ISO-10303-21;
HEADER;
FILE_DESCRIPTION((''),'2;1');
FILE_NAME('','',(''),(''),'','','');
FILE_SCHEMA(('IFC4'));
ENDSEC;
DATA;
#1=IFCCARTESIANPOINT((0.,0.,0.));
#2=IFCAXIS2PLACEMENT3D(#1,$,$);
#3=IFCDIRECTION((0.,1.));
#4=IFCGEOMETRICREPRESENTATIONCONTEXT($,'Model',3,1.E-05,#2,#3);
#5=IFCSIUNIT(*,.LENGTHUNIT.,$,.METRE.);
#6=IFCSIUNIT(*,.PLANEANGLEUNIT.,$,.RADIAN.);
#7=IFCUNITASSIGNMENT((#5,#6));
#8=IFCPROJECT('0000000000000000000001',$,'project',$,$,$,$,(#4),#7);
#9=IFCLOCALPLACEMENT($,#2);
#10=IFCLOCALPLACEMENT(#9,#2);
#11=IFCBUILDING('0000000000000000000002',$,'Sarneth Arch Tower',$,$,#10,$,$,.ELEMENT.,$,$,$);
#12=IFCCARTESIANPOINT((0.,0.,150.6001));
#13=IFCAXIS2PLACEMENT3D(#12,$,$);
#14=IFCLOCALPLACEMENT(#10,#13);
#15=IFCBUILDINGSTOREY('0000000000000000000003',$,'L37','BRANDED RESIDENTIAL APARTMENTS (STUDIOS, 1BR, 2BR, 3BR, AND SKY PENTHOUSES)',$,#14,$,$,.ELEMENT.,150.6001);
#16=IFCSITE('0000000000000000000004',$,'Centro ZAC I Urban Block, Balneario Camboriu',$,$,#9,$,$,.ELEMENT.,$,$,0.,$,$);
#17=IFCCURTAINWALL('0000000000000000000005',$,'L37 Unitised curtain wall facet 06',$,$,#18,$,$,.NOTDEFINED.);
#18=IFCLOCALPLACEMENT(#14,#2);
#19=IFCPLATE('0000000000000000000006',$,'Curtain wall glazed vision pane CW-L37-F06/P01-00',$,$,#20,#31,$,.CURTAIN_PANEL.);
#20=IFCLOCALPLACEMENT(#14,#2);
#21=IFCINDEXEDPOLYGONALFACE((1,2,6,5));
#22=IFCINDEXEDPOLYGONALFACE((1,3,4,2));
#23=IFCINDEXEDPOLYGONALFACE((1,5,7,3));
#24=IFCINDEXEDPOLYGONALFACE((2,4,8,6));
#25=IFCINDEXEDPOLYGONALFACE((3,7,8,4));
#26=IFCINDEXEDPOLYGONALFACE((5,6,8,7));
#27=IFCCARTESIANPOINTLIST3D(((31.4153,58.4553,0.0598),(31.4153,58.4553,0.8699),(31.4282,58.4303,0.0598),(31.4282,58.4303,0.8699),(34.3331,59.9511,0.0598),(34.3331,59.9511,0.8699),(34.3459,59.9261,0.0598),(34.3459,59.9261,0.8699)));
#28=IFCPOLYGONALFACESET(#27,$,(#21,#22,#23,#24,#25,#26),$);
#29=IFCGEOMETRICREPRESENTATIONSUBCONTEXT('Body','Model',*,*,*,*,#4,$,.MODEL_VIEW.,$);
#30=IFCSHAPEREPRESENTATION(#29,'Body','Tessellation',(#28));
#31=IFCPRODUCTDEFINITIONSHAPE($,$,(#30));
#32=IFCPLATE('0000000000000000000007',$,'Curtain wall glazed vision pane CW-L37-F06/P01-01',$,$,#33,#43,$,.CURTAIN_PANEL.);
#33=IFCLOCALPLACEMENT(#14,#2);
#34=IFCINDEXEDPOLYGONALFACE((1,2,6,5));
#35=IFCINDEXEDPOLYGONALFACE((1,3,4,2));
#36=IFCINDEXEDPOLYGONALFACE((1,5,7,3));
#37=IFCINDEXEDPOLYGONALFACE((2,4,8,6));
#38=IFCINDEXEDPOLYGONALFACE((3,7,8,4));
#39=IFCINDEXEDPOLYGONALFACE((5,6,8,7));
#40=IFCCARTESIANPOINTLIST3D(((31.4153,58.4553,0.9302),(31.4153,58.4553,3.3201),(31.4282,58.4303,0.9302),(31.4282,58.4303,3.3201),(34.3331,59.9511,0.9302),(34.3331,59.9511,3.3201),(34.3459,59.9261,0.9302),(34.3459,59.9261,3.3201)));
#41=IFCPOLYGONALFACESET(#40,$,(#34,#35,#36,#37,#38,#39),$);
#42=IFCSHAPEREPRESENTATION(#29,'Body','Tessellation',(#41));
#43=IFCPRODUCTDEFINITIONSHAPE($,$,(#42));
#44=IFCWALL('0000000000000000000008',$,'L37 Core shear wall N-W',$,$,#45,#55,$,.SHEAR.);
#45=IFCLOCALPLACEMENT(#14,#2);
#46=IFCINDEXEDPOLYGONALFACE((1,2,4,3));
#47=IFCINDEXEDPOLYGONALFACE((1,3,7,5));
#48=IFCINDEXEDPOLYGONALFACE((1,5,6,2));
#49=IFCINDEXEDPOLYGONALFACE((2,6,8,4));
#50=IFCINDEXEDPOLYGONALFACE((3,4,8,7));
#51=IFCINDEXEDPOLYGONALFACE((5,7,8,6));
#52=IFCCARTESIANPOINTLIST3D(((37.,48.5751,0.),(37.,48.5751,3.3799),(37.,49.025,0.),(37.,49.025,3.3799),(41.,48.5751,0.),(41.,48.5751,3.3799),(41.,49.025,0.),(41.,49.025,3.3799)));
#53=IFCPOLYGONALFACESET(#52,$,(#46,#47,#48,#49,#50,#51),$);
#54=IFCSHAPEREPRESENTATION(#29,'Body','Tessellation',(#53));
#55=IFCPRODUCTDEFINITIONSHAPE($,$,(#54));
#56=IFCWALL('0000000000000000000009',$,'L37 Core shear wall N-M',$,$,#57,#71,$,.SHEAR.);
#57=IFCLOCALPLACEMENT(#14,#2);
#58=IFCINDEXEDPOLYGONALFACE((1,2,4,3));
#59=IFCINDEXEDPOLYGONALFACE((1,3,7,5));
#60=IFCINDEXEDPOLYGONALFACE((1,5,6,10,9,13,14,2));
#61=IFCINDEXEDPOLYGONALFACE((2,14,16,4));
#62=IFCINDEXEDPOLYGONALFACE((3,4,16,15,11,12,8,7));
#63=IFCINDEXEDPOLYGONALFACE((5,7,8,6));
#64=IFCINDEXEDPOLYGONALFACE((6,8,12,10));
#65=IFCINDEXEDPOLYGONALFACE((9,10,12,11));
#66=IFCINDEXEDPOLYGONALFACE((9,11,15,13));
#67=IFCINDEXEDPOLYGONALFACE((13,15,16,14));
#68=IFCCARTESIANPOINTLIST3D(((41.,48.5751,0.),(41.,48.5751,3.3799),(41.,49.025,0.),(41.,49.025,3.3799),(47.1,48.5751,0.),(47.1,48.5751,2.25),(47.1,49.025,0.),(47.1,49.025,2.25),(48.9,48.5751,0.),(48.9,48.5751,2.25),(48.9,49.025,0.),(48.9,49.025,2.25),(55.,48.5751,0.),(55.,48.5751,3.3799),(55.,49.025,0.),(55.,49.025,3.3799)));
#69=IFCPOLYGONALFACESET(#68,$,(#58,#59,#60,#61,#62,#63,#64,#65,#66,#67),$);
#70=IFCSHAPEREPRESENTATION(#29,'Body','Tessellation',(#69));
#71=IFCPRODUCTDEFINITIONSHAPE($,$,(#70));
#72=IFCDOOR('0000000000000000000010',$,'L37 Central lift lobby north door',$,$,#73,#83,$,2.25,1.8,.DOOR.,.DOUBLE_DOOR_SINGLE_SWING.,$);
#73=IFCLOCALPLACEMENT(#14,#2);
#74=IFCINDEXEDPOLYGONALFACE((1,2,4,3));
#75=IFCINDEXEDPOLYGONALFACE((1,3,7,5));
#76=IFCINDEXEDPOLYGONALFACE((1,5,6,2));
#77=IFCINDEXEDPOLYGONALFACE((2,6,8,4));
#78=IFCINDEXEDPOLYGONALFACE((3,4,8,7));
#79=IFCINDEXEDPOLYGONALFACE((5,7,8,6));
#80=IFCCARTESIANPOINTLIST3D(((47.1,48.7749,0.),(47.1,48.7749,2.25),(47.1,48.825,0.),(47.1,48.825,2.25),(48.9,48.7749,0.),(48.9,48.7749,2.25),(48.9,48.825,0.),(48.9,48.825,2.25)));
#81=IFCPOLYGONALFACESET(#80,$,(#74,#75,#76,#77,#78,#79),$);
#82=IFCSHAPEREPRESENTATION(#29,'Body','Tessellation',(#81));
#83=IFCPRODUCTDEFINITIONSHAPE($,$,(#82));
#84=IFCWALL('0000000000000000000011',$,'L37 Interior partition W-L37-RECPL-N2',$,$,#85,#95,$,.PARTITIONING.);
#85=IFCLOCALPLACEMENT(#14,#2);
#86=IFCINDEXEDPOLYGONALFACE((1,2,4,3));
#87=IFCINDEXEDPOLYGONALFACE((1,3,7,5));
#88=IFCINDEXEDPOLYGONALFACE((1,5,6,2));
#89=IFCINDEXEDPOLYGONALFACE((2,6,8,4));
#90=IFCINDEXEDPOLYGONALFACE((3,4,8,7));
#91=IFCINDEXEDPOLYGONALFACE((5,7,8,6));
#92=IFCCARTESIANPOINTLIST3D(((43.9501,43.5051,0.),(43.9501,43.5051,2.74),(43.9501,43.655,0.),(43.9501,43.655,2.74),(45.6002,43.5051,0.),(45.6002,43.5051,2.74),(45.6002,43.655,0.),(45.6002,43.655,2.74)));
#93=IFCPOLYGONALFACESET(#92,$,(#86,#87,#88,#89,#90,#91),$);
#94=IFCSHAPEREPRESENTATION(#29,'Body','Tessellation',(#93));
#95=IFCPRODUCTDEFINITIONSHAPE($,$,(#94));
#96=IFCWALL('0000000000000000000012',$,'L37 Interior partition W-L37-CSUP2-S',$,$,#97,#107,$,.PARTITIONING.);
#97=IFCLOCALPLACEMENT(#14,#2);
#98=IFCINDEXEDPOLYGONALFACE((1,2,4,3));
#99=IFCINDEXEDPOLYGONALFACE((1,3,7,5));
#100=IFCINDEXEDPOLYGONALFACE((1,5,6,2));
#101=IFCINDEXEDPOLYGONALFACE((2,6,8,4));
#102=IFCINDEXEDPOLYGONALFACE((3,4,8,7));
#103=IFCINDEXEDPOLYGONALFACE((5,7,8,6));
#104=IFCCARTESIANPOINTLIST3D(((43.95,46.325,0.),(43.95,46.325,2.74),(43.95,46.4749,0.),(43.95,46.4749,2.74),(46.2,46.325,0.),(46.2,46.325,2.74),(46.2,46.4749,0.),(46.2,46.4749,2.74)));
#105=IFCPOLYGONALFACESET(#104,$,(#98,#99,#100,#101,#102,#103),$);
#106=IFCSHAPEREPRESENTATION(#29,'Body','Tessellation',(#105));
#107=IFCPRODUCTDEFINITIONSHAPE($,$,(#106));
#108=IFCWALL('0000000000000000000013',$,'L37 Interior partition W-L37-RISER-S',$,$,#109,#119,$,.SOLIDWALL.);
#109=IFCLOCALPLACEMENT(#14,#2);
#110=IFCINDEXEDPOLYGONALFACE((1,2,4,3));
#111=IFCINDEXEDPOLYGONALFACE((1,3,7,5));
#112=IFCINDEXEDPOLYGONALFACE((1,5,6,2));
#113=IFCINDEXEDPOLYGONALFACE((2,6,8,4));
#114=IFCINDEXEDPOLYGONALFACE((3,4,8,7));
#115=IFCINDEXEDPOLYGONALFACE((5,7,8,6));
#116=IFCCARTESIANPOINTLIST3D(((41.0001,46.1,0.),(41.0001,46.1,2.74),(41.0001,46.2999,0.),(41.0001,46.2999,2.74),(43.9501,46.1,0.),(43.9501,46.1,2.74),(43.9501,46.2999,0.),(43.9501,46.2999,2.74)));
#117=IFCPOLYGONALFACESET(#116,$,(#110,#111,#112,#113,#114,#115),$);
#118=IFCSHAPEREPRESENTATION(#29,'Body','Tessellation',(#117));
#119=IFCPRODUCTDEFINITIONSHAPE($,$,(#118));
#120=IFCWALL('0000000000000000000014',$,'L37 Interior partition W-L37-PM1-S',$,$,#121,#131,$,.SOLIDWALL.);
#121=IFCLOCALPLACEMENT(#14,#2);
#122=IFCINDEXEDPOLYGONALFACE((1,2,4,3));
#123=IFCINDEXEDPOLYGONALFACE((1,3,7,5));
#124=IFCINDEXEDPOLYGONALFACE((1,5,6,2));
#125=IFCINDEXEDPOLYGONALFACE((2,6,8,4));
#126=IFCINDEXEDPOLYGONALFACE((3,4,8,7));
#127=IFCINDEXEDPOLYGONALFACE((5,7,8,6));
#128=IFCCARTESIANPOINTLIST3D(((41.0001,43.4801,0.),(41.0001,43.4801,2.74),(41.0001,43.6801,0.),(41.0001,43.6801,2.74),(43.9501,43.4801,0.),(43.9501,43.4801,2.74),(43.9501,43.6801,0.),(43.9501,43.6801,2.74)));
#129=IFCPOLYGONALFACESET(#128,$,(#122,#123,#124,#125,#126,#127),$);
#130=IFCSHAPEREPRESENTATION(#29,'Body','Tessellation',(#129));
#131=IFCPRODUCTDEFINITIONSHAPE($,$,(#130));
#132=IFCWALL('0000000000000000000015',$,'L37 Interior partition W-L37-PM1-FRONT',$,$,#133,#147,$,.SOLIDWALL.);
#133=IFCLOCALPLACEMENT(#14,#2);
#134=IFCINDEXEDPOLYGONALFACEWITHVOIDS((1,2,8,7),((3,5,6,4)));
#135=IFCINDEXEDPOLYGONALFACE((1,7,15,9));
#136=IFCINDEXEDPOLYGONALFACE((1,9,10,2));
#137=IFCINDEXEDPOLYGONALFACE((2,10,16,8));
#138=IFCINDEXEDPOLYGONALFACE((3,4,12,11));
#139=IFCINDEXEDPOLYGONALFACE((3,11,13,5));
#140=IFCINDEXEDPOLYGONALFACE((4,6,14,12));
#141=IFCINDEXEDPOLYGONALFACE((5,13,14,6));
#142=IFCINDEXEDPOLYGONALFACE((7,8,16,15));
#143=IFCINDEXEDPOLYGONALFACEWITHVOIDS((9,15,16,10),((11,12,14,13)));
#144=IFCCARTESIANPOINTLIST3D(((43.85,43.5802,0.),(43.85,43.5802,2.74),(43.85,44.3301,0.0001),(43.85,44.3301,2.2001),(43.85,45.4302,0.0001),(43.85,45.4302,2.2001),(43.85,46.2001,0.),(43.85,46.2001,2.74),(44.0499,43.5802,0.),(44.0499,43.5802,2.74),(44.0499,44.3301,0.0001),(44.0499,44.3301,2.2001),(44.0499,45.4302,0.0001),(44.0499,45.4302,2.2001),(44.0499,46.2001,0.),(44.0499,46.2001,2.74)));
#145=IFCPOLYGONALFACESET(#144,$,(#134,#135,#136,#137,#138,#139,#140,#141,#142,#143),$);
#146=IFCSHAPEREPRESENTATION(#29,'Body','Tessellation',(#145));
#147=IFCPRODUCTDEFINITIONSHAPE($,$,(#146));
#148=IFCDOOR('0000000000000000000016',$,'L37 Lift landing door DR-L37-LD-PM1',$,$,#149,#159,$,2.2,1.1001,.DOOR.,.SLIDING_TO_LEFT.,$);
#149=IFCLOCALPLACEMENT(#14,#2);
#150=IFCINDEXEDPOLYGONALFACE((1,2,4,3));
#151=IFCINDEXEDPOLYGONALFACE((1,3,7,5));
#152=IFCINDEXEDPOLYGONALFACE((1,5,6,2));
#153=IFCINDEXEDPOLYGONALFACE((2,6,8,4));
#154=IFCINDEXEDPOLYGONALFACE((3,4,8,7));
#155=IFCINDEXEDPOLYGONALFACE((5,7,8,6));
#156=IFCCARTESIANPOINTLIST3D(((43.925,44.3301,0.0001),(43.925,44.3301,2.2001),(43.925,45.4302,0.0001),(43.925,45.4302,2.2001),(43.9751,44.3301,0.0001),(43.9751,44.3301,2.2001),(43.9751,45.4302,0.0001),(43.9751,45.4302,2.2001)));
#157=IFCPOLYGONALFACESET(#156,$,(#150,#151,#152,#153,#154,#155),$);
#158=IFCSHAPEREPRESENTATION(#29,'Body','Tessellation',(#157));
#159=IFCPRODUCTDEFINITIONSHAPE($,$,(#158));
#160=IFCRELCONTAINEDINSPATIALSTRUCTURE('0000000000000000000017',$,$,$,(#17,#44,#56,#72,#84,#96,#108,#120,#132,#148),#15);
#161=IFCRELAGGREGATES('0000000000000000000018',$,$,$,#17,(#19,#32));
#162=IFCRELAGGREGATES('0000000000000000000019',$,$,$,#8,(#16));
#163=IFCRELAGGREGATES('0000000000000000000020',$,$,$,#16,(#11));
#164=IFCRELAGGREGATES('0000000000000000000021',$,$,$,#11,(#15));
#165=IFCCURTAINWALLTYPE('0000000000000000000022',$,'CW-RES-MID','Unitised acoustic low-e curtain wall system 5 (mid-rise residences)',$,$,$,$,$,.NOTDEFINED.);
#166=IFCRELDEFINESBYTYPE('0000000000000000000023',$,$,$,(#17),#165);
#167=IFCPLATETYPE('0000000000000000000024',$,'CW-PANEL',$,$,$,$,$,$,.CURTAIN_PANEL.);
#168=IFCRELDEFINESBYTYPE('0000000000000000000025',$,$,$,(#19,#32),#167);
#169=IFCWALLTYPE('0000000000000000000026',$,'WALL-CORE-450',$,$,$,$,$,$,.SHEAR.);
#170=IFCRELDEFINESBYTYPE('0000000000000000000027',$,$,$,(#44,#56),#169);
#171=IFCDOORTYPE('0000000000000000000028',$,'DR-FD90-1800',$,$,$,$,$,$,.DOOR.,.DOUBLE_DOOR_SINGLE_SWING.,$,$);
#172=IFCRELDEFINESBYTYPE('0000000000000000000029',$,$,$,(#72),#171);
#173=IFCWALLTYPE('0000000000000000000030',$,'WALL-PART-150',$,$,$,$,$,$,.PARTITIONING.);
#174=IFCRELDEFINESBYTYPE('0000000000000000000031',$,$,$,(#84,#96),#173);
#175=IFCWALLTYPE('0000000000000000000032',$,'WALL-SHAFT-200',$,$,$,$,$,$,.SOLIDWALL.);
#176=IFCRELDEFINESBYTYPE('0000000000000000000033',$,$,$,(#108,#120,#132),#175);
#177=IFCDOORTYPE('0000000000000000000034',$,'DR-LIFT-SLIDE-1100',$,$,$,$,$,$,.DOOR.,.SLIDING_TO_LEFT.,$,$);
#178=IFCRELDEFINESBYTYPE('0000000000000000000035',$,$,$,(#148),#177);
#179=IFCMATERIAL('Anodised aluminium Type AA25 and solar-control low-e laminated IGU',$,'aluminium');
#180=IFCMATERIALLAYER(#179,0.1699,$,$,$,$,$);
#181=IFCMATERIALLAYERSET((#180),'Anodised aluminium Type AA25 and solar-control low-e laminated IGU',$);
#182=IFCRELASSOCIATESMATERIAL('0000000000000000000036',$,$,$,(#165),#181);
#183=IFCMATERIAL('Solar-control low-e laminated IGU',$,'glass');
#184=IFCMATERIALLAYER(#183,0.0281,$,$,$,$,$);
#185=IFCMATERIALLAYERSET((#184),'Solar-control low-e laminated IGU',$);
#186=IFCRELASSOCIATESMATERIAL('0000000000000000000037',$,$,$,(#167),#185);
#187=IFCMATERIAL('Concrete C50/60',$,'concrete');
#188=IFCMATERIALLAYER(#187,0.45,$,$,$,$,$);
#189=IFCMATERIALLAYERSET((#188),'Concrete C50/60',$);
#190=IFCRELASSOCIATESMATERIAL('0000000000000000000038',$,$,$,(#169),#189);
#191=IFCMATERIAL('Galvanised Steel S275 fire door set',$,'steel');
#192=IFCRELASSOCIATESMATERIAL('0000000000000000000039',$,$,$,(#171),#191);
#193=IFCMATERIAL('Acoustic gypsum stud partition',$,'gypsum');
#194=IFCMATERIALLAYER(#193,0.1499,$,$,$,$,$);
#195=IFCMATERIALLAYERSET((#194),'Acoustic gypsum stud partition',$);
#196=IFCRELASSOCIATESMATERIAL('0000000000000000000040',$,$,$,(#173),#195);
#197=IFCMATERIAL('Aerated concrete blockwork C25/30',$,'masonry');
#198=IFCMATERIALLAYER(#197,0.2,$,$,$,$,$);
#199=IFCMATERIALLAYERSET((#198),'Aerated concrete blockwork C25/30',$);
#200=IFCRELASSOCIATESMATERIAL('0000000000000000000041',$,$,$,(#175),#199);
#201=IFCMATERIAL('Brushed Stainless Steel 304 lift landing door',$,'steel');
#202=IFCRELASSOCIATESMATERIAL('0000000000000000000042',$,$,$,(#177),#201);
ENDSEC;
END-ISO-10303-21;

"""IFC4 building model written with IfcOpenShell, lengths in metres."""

from ifc_helpers import new_model, si_unit, direction, frame, frame_2d, origin, origin_2d, place, context, subcontext, project, spatial, rectangle, extrude, material, layer, layer_set, type_object, element, fill, aggregate, save


model = new_model("IFC4")

# Units and contexts
model_context = context("Model", 3, precision=1e-05, world=origin(), true_north=direction((0.0, 1.0)))
body_context = subcontext(model_context, "Body", "Model", "MODEL_VIEW")
ifc_project = project(units=[si_unit("LENGTHUNIT", "METRE"), si_unit("PLANEANGLEUNIT", "RADIAN")], contexts=[model_context])

# Site, building, storey
site_placement = place(None, origin())
site = spatial("IfcSite", under=ifc_project, at=site_placement, Name="Centro ZAC I Urban Block, Balneario Camboriu", CompositionType="ELEMENT", RefElevation=0.0)
building_placement = place(site_placement, origin())
building = spatial("IfcBuilding", under=site, at=building_placement, Name="Sarneth Arch Tower", CompositionType="ELEMENT")
storey_placement = place(building_placement, frame((0.0, 0.0, 150.6001)))
storey = spatial("IfcBuildingStorey", under=building, at=storey_placement, Name="L37", Description="BRANDED RESIDENTIAL APARTMENTS (STUDIOS, 1BR, 2BR, 3BR, AND SKY PENTHOUSES)", CompositionType="ELEMENT", Elevation=150.6001)

# Curtain wall, plates
ifc_material_1 = material(Name="Anodised aluminium Type AA25 and solar-control low-e laminated IGU", Category="aluminium")
ifc_layer_1 = layer(ifc_material_1, 0.1699)
ifc_layer_set_1 = layer_set([ifc_layer_1], Name="Anodised aluminium Type AA25 and solar-control low-e laminated IGU")
curtain_wall_type = type_object("IfcCurtainWallType", Name="CW-RES-MID", Description="Unitised acoustic low-e curtain wall system 5 (mid-rise residences)", PredefinedType="NOTDEFINED", material=ifc_layer_set_1)
curtain_wall_placement = place(storey_placement, origin())
curtain_wall = element("IfcCurtainWall", 1, at=curtain_wall_placement, inside=storey, type_object=curtain_wall_type, Name="L37 Unitised curtain wall facet 06", PredefinedType="NOTDEFINED")
ifc_material_2 = material(Name="Solar-control low-e laminated IGU", Category="glass")
ifc_layer_2 = layer(ifc_material_2, 0.0281)
ifc_layer_set_2 = layer_set([ifc_layer_2], Name="Solar-control low-e laminated IGU")
plate_type = type_object("IfcPlateType", Name="CW-PANEL", PredefinedType="CURTAIN_PANEL", material=ifc_layer_set_2)
plate_1_placement = place(storey_placement, frame((32.8806, 59.1907, 0.0598), z_axis=(0.0, 0.0, 1.0), x_axis=(-0.889873, -0.456208, 0.0)))
plate_1 = element("IfcPlate", 2, at=plate_1_placement, type_object=plate_type, Name="Curtain wall glazed vision pane CW-L37-F06/P01-00", PredefinedType="CURTAIN_PANEL", context=body_context, shape_type="SweptSolid", body=[
    extrude(rectangle(XDim=3.2788, YDim=0.0281, at=origin_2d()), origin(), (0.0, 0.0, 1.0), 0.8101),
])
plate_2_placement = place(storey_placement, frame((32.8806, 59.1907, 0.9302), z_axis=(0.0, 0.0, 1.0), x_axis=(-0.889873, -0.456208, 0.0)))
plate_2 = element("IfcPlate", 3, at=plate_2_placement, type_object=plate_type, Name="Curtain wall glazed vision pane CW-L37-F06/P01-01", PredefinedType="CURTAIN_PANEL", context=body_context, shape_type="SweptSolid", body=[
    extrude(rectangle(XDim=3.2788, YDim=0.0281, at=origin_2d()), origin(), (0.0, 0.0, 1.0), 2.3899),
])
aggregate(curtain_wall, [plate_1, plate_2])

# Wall
ifc_material_3 = material(Name="Concrete C50/60", Category="concrete")
ifc_layer_3 = layer(ifc_material_3, 0.45)
ifc_layer_set_3 = layer_set([ifc_layer_3], Name="Concrete C50/60")
wall_type_1 = type_object("IfcWallType", Name="WALL-CORE-450", PredefinedType="SHEAR", material=ifc_layer_set_3)
wall_1_placement = place(storey_placement, frame((37.0, 48.8, 0.0), z_axis=(0.0, 0.0, 1.0), x_axis=(1.0, 0.0, 0.0)))
element("IfcWall", 4, at=wall_1_placement, inside=storey, type_object=wall_type_1, Name="L37 Core shear wall N-W", PredefinedType="SHEAR", context=body_context, shape_type="SweptSolid", body=[
    extrude(rectangle(XDim=4.0, YDim=0.45, at=frame_2d((2.0, 0.0))), origin(), (0.0, 0.0, 1.0), 3.3799),
])

# Wall, opening, door
wall_2_placement = place(storey_placement, frame((41.0, 48.8, 0.0), z_axis=(0.0, 0.0, 1.0), x_axis=(1.0, 0.0, 0.0)))
wall_2 = element("IfcWall", 5, at=wall_2_placement, inside=storey, type_object=wall_type_1, Name="L37 Core shear wall N-M", PredefinedType="SHEAR", context=body_context, shape_type="SweptSolid", body=[
    extrude(rectangle(XDim=14.0, YDim=0.45, at=frame_2d((7.0, 0.0))), origin(), (0.0, 0.0, 1.0), 3.3799),
])
opening_1_placement = place(wall_2_placement, frame((6.1001, 0.0, 0.0)))
opening_1 = element("IfcOpeningElement", 6, at=opening_1_placement, cuts=wall_2, PredefinedType="OPENING", context=body_context, shape_type="SweptSolid", body=[
    extrude(rectangle(XDim=1.8, YDim=2.25, at=frame_2d((0.8999, 1.125))), frame((0.0, 0.2349, 0.0), z_axis=(0.0, -1.0, 0.0), x_axis=(1.0, 0.0, 0.0)), (0.0, 0.0, 1.0), 0.47),
])
ifc_material_4 = material(Name="Galvanised Steel S275 fire door set", Category="steel")
door_type_1 = type_object("IfcDoorType", Name="DR-FD90-1800", OperationType="DOUBLE_DOOR_SINGLE_SWING", PredefinedType="DOOR", material=ifc_material_4)
door_1_placement = place(opening_1_placement, origin())
door_1 = element("IfcDoor", 7, at=door_1_placement, inside=storey, type_object=door_type_1, Name="L37 Central lift lobby north door", OperationType="DOUBLE_DOOR_SINGLE_SWING", OverallHeight=2.25, OverallWidth=1.8, PredefinedType="DOOR", context=body_context, shape_type="SweptSolid", body=[
    extrude(rectangle(XDim=1.8, YDim=2.25, at=frame_2d((0.8999, 1.125))), frame((0.0, 0.0249, 0.0), z_axis=(0.0, -1.0, 0.0), x_axis=(1.0, 0.0, 0.0)), (0.0, 0.0, 1.0), 0.05),
])
fill(opening_1, door_1)

# Walls
ifc_material_5 = material(Name="Acoustic gypsum stud partition", Category="gypsum")
ifc_layer_4 = layer(ifc_material_5, 0.1499)
ifc_layer_set_4 = layer_set([ifc_layer_4], Name="Acoustic gypsum stud partition")
wall_type_2 = type_object("IfcWallType", Name="WALL-PART-150", PredefinedType="PARTITIONING", material=ifc_layer_set_4)
wall_3_placement = place(storey_placement, frame((43.95, 43.5801, 0.0), z_axis=(0.0, 0.0, 1.0), x_axis=(1.0, 0.0, 0.0)))
element("IfcWall", 8, at=wall_3_placement, inside=storey, type_object=wall_type_2, Name="L37 Interior partition W-L37-RECPL-N2", PredefinedType="PARTITIONING", context=body_context, shape_type="SweptSolid", body=[
    extrude(rectangle(XDim=1.6501, YDim=0.1499, at=frame_2d((0.8252, 0.0))), origin(), (0.0, 0.0, 1.0), 2.74),
])
wall_4_placement = place(storey_placement, frame((43.95, 46.3999, 0.0), z_axis=(0.0, 0.0, 1.0), x_axis=(1.0, 0.0, 0.0)))
element("IfcWall", 9, at=wall_4_placement, inside=storey, type_object=wall_type_2, Name="L37 Interior partition W-L37-CSUP2-S", PredefinedType="PARTITIONING", context=body_context, shape_type="SweptSolid", body=[
    extrude(rectangle(XDim=2.25, YDim=0.1499, at=frame_2d((1.125, 0.0))), origin(), (0.0, 0.0, 1.0), 2.74),
])

# Wall
ifc_material_6 = material(Name="Aerated concrete blockwork C25/30", Category="masonry")
ifc_layer_5 = layer(ifc_material_6, 0.2)
ifc_layer_set_5 = layer_set([ifc_layer_5], Name="Aerated concrete blockwork C25/30")
wall_type_3 = type_object("IfcWallType", Name="WALL-SHAFT-200", PredefinedType="SOLIDWALL", material=ifc_layer_set_5)
wall_5_placement = place(storey_placement, frame((41.0, 46.2, 0.0), z_axis=(0.0, 0.0, 1.0), x_axis=(1.0, 0.0, 0.0)))
element("IfcWall", 10, at=wall_5_placement, inside=storey, type_object=wall_type_3, Name="L37 Interior partition W-L37-RISER-S", PredefinedType="SOLIDWALL", context=body_context, shape_type="SweptSolid", body=[
    extrude(rectangle(XDim=2.95, YDim=0.2, at=frame_2d((1.4751, 0.0))), origin(), (0.0, 0.0, 1.0), 2.74),
])

# Wall
wall_6_placement = place(storey_placement, frame((41.0, 43.5801, 0.0), z_axis=(0.0, 0.0, 1.0), x_axis=(1.0, 0.0, 0.0)))
element("IfcWall", 11, at=wall_6_placement, inside=storey, type_object=wall_type_3, Name="L37 Interior partition W-L37-PM1-S", PredefinedType="SOLIDWALL", context=body_context, shape_type="SweptSolid", body=[
    extrude(rectangle(XDim=2.95, YDim=0.2, at=frame_2d((1.4751, 0.0))), origin(), (0.0, 0.0, 1.0), 2.74),
])

# Wall, opening, door
wall_7_placement = place(storey_placement, frame((43.95, 43.5801, 0.0), z_axis=(0.0, 0.0, 1.0), x_axis=(0.0, 1.0, 0.0)))
wall_7 = element("IfcWall", 12, at=wall_7_placement, inside=storey, type_object=wall_type_3, Name="L37 Interior partition W-L37-PM1-FRONT", PredefinedType="SOLIDWALL", context=body_context, shape_type="SweptSolid", body=[
    extrude(rectangle(XDim=2.6199, YDim=0.2, at=frame_2d((1.3101, 0.0))), origin(), (0.0, 0.0, 1.0), 2.74),
])
opening_2_placement = place(wall_7_placement, frame((0.75, 0.0, 0.0)))
opening_2 = element("IfcOpeningElement", 13, at=opening_2_placement, cuts=wall_7, PredefinedType="OPENING", context=body_context, shape_type="SweptSolid", body=[
    extrude(rectangle(XDim=1.1001, YDim=2.2, at=frame_2d((0.55, 1.1001))), frame((0.0, 0.1099, 0.0), z_axis=(0.0, -1.0, 0.0), x_axis=(1.0, 0.0, 0.0)), (0.0, 0.0, 1.0), 0.22),
])
ifc_material_7 = material(Name="Brushed Stainless Steel 304 lift landing door", Category="steel")
door_type_2 = type_object("IfcDoorType", Name="DR-LIFT-SLIDE-1100", OperationType="SLIDING_TO_LEFT", PredefinedType="DOOR", material=ifc_material_7)
door_2_placement = place(opening_2_placement, origin())
door_2 = element("IfcDoor", 14, at=door_2_placement, inside=storey, type_object=door_type_2, Name="L37 Lift landing door DR-L37-LD-PM1", OperationType="SLIDING_TO_LEFT", OverallHeight=2.2, OverallWidth=1.1001, PredefinedType="DOOR", context=body_context, shape_type="SweptSolid", body=[
    extrude(rectangle(XDim=1.1001, YDim=2.2, at=frame_2d((0.55, 1.1001))), frame((0.0, 0.0249, 0.0), z_axis=(0.0, -1.0, 0.0), x_axis=(1.0, 0.0, 0.0)), (0.0, 0.0, 1.0), 0.05),
])
fill(opening_2, door_2)

save(model, "model.ifc")
